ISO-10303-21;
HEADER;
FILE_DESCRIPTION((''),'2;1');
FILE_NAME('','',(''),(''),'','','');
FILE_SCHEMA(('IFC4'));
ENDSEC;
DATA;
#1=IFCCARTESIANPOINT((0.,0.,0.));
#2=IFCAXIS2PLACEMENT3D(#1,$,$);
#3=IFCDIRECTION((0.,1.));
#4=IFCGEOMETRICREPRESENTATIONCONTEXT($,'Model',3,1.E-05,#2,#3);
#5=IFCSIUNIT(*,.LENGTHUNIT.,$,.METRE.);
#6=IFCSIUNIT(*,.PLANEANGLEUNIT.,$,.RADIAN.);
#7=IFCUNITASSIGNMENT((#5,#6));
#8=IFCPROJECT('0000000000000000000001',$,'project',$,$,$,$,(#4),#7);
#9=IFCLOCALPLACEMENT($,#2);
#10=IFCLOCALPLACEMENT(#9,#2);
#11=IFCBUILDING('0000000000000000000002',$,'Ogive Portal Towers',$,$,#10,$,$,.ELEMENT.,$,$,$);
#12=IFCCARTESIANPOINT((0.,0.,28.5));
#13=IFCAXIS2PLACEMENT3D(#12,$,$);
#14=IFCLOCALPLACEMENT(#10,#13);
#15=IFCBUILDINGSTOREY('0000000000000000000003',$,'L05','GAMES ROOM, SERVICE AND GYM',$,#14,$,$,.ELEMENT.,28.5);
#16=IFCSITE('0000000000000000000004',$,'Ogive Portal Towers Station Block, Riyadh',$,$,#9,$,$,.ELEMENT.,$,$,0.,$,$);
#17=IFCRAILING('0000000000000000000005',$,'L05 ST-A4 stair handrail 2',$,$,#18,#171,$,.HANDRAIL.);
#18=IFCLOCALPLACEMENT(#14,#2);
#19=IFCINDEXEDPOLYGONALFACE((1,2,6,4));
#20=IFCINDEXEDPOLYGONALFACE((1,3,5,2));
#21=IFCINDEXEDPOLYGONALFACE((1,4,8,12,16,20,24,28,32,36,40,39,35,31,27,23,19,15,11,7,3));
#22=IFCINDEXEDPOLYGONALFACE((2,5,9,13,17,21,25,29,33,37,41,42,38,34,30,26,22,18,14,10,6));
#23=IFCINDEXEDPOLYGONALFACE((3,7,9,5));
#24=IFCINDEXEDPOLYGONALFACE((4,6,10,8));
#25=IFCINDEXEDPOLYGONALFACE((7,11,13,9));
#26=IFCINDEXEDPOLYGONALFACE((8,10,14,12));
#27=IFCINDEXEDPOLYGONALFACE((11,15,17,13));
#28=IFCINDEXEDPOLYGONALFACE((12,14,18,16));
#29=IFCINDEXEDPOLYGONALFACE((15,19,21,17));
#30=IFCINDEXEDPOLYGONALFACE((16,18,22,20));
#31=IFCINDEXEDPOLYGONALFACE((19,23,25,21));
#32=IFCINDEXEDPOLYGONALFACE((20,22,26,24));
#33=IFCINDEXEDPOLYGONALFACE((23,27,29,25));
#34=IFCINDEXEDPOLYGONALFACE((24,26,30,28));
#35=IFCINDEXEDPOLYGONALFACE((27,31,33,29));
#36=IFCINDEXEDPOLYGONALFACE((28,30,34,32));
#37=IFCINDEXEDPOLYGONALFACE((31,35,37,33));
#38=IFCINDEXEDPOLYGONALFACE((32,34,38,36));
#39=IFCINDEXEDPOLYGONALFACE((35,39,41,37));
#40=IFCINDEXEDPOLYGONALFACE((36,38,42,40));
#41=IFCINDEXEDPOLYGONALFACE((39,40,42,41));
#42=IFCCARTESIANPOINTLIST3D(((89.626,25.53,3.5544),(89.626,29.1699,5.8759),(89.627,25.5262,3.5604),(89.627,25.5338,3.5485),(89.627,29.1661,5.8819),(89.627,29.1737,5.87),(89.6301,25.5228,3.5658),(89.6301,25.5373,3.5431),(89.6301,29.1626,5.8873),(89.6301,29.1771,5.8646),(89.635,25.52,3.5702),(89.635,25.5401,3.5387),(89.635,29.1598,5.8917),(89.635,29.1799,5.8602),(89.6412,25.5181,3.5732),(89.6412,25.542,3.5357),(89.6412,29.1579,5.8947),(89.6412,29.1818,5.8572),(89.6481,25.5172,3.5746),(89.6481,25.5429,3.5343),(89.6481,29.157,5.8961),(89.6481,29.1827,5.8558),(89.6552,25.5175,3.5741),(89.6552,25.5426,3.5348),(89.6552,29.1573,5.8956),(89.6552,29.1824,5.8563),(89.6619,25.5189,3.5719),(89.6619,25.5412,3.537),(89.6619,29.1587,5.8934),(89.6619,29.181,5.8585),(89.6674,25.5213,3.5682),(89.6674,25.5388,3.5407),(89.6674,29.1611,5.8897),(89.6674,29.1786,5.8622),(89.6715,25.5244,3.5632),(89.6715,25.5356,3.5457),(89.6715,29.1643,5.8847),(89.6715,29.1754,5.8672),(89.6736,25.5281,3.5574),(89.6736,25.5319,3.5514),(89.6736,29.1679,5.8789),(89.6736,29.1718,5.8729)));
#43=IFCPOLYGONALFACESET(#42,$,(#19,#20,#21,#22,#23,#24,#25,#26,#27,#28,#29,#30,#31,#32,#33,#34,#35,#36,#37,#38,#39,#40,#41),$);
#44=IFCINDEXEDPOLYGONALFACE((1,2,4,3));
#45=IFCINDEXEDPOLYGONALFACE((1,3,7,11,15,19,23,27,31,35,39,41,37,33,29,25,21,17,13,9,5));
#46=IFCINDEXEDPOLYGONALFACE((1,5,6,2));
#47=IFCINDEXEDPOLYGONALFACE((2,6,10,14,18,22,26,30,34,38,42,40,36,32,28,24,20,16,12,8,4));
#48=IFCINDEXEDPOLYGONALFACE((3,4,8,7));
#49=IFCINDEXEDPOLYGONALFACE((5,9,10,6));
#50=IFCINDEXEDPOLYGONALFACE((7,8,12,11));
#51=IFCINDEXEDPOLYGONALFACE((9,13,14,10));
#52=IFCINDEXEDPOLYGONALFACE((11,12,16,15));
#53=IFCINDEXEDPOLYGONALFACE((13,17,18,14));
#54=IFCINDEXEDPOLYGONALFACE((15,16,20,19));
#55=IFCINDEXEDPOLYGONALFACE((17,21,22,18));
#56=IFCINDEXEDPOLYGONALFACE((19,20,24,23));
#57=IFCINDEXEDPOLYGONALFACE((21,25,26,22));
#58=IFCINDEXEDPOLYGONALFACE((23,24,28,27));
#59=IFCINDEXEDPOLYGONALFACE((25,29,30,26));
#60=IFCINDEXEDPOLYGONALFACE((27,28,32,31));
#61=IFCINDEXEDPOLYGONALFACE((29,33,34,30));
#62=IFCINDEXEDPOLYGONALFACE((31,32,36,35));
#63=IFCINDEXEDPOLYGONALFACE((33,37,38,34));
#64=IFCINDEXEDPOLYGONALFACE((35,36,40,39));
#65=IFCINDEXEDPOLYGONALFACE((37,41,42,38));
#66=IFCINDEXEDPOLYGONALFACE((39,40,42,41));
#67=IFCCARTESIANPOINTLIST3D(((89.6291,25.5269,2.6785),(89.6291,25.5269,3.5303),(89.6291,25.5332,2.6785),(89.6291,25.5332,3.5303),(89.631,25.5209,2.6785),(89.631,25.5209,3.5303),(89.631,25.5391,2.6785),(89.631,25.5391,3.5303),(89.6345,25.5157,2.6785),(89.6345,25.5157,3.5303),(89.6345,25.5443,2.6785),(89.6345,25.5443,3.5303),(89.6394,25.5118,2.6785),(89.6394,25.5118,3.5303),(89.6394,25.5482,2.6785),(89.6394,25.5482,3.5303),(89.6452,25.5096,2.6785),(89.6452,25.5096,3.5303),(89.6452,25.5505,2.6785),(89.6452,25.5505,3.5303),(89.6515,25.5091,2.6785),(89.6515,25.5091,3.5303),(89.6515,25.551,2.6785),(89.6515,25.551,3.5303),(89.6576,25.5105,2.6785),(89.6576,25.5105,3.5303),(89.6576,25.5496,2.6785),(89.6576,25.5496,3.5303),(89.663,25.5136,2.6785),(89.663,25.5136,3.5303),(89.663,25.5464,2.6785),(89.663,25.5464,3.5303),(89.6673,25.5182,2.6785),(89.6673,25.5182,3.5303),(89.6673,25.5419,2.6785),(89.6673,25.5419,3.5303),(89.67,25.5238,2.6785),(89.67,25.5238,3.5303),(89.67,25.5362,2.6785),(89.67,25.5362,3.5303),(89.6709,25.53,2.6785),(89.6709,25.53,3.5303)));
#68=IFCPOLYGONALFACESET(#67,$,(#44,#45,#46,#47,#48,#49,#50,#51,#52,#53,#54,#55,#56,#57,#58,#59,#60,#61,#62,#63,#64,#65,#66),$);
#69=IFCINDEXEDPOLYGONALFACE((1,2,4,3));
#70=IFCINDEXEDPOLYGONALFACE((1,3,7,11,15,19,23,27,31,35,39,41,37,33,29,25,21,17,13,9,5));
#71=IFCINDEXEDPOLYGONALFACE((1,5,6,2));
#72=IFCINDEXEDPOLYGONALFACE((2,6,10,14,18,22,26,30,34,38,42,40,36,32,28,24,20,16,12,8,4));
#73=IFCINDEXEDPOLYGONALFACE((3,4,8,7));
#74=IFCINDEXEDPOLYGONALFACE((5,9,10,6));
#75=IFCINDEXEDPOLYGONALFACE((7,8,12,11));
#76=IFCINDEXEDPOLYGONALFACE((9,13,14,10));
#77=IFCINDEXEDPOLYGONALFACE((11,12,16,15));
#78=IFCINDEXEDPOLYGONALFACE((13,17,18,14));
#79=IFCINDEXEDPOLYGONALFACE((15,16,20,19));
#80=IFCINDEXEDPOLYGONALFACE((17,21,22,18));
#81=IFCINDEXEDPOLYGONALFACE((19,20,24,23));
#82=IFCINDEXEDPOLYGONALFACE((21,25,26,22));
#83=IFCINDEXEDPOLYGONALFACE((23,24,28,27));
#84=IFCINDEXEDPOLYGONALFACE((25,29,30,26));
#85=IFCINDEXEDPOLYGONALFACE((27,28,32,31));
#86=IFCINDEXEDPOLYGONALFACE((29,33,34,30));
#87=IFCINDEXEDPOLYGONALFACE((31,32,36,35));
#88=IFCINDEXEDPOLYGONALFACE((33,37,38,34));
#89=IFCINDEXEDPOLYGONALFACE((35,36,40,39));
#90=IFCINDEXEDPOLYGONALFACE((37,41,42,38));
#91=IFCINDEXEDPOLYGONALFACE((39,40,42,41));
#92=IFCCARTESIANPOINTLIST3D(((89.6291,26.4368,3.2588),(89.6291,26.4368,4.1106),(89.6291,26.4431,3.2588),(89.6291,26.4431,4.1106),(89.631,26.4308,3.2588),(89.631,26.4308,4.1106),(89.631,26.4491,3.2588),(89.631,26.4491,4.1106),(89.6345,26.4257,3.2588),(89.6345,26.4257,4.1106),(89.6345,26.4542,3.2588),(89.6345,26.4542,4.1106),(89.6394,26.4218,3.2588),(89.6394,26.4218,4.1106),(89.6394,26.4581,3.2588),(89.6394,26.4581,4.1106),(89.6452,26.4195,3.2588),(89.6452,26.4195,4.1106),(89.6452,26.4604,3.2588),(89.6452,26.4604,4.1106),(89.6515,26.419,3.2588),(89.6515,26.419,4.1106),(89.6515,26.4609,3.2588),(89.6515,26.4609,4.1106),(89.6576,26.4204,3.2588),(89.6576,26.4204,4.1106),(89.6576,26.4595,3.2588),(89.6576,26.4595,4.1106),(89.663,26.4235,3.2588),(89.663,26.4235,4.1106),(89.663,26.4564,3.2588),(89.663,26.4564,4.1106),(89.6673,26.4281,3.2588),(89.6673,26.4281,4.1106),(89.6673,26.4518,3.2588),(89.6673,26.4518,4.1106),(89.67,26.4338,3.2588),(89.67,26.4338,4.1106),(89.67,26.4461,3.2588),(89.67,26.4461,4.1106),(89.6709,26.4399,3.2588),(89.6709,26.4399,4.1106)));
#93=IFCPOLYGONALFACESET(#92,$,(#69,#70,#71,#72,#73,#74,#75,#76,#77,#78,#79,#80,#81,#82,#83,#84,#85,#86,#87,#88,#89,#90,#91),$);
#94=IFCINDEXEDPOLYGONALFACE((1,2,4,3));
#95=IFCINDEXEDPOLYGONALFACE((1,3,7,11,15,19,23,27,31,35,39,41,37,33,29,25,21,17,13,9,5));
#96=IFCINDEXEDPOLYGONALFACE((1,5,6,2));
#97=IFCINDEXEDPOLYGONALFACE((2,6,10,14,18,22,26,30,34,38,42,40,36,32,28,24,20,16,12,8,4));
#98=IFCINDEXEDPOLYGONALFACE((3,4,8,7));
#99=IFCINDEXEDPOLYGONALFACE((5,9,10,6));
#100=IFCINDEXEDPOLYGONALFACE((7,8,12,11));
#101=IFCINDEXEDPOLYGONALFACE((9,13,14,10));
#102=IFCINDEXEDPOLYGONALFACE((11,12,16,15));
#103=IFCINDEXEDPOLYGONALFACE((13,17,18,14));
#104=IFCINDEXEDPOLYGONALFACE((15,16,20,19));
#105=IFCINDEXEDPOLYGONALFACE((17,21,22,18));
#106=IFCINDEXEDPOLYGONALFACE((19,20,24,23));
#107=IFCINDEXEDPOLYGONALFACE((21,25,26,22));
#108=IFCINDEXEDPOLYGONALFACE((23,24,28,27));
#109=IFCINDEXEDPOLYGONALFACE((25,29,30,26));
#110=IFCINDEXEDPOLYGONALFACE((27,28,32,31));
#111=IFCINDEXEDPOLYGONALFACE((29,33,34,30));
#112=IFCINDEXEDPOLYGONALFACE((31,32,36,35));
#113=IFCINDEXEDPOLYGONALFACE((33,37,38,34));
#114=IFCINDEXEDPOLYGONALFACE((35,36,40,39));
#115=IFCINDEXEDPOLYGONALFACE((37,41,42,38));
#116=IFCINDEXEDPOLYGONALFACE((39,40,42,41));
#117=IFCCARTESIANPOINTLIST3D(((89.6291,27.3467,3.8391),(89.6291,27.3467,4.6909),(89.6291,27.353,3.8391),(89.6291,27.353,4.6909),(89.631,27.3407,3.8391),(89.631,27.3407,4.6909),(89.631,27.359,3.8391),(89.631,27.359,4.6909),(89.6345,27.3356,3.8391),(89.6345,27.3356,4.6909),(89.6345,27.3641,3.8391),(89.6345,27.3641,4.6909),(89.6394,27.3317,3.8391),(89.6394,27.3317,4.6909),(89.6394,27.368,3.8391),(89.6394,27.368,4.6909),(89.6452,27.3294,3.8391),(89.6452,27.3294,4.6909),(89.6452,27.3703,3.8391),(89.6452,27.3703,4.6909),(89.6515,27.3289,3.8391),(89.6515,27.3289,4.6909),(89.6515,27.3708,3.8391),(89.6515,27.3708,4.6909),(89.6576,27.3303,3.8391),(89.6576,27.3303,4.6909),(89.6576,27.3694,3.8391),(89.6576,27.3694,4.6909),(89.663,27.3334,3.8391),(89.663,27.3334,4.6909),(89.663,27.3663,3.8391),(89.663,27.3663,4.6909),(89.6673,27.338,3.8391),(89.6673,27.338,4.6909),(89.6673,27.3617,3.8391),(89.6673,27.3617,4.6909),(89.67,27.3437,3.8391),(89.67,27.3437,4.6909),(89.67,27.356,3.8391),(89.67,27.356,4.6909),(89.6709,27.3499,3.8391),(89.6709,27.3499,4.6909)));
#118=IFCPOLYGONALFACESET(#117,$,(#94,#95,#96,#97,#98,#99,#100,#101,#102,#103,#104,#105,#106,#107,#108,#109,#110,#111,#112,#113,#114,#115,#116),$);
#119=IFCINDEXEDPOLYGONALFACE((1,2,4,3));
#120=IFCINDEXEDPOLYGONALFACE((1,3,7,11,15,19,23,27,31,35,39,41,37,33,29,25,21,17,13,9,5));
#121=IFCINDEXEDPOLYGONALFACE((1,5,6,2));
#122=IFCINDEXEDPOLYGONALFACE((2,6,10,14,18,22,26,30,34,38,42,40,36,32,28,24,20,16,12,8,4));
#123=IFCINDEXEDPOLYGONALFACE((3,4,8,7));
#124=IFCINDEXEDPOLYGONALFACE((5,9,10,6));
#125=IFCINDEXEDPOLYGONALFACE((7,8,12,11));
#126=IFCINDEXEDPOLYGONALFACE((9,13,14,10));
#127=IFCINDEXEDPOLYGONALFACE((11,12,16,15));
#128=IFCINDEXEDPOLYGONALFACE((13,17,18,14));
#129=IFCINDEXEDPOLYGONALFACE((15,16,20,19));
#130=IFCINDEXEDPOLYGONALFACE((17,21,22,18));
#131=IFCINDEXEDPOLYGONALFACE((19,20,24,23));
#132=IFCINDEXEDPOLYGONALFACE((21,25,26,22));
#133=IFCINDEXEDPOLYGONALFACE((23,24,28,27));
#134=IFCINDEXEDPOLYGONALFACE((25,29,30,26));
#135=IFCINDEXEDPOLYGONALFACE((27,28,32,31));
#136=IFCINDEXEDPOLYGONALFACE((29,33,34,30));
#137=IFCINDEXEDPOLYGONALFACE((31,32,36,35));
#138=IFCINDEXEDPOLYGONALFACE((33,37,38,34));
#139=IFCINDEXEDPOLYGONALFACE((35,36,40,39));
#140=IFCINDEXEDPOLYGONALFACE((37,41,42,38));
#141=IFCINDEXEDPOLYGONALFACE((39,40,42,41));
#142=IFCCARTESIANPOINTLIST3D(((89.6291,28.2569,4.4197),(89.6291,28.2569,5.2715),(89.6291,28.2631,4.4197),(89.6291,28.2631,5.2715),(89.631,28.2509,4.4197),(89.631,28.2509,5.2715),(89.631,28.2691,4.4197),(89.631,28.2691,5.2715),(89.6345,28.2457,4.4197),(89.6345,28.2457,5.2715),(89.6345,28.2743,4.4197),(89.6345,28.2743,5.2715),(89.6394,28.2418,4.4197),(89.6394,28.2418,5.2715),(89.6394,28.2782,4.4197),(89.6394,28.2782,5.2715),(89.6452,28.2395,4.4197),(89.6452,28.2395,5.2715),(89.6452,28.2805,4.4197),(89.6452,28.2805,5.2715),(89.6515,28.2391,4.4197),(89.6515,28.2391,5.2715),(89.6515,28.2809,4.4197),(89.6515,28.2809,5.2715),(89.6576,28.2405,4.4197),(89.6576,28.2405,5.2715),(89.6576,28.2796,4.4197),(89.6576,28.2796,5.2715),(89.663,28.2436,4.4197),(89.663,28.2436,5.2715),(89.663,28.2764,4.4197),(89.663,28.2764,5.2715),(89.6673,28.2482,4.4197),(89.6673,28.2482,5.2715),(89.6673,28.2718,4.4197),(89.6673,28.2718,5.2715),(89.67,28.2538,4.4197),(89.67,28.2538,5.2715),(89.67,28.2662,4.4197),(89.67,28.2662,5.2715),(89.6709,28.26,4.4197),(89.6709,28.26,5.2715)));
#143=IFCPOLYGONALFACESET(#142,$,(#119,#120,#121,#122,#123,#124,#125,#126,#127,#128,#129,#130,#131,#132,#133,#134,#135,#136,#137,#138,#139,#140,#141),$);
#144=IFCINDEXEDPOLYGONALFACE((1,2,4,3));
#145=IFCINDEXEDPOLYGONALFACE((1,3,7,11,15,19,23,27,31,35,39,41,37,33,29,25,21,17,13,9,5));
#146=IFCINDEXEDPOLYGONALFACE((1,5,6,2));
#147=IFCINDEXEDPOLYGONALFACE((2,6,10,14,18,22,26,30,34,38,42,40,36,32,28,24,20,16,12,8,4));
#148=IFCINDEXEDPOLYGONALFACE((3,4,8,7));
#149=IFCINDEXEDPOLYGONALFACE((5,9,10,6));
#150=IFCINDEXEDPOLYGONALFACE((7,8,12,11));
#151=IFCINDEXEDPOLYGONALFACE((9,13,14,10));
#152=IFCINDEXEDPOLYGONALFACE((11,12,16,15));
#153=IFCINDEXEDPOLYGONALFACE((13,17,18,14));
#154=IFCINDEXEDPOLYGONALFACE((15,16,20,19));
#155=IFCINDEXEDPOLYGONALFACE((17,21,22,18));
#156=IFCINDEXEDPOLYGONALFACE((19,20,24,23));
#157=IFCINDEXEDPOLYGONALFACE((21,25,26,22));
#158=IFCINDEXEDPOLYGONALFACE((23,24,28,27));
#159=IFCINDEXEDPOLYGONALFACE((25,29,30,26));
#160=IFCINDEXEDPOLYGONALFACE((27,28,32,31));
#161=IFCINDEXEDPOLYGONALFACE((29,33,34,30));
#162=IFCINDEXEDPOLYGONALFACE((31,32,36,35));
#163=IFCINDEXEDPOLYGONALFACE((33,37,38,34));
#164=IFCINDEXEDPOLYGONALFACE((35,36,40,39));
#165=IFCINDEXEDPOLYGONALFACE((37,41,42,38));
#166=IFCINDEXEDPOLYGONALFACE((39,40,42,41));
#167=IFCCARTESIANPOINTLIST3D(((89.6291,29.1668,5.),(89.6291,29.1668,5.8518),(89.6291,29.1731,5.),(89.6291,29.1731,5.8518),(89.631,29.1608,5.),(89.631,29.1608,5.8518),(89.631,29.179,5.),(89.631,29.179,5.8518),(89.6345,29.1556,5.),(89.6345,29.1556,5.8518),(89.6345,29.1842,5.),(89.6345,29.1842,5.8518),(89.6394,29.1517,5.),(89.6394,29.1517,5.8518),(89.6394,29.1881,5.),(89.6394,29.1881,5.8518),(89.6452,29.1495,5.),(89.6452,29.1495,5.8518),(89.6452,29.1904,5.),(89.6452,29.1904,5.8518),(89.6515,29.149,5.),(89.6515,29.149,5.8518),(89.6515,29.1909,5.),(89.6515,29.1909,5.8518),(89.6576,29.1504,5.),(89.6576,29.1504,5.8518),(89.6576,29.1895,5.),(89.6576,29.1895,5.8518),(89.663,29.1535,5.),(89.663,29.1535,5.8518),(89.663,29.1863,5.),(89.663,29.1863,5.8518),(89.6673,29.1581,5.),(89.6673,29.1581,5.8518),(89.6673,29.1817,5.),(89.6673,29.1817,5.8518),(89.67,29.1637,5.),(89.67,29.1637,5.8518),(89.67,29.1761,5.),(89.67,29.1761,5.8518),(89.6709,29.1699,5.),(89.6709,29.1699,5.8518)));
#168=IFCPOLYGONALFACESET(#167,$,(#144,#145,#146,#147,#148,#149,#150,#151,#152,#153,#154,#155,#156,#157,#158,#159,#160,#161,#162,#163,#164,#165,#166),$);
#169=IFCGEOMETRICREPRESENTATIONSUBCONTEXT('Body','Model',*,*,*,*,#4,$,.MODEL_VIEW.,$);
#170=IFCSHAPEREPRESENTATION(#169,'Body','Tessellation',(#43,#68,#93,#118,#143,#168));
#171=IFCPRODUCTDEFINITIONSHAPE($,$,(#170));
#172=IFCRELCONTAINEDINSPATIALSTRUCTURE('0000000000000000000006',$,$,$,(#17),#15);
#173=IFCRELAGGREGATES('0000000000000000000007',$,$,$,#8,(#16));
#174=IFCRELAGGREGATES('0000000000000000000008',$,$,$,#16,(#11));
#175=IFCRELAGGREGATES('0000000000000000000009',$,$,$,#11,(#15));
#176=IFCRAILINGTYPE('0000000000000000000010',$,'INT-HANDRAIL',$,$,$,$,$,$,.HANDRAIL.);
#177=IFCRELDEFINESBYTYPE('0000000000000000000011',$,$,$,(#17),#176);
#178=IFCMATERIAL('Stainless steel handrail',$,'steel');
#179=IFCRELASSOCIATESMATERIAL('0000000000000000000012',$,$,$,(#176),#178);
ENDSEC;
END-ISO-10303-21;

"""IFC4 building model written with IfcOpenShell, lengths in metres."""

from ifc_helpers import new_model, si_unit, direction, frame, origin, origin_2d, place, context, subcontext, project, spatial, circle, extrude, material, type_object, element, save


model = new_model("IFC4")

# Units and contexts
model_context = context("Model", 3, precision=1e-05, world=origin(), true_north=direction((0.0, 1.0)))
body_context = subcontext(model_context, "Body", "Model", "MODEL_VIEW")
ifc_project = project(units=[si_unit("LENGTHUNIT", "METRE"), si_unit("PLANEANGLEUNIT", "RADIAN")], contexts=[model_context])

# Site, building, storey
site_placement = place(None, origin())
site = spatial("IfcSite", under=ifc_project, at=site_placement, Name="Ogive Portal Towers Station Block, Riyadh", CompositionType="ELEMENT", RefElevation=0.0)
building_placement = place(site_placement, origin())
building = spatial("IfcBuilding", under=site, at=building_placement, Name="Ogive Portal Towers", CompositionType="ELEMENT")
storey_placement = place(building_placement, frame((0.0, 0.0, 28.5)))
storey = spatial("IfcBuildingStorey", under=building, at=storey_placement, Name="L05", Description="GAMES ROOM, SERVICE AND GYM", CompositionType="ELEMENT", Elevation=28.5)

# Railing
ifc_material_1 = material(Name="Stainless steel handrail", Category="steel")
railing_type_1 = type_object("IfcRailingType", Name="INT-HANDRAIL", PredefinedType="HANDRAIL", material=ifc_material_1)
railing_1_placement = place(storey_placement, frame((89.6499, 25.53, 2.6785)))
element("IfcRailing", 1, at=railing_1_placement, inside=storey, type_object=railing_type_1, Name="L05 ST-A4 stair handrail 2", PredefinedType="HANDRAIL", context=body_context, shape_type="SweptSolid", body=[
    extrude(circle(Radius=0.0239, at=origin_2d()), frame((0.0, 0.0, 0.876), z_axis=(0.0, 0.843112, 0.537739), x_axis=(-1.0, 0.0, 0.0)), (0.0, 0.0, 1.0), 4.3171),
    extrude(circle(Radius=0.021, at=origin_2d()), origin(), (0.0, 0.0, 1.0), 0.8518),
    extrude(circle(Radius=0.021, at=origin_2d()), frame((0.0, 0.9099, 0.5803)), (0.0, 0.0, 1.0), 0.8518),
    extrude(circle(Radius=0.021, at=origin_2d()), frame((0.0, 1.8198, 1.1606)), (0.0, 0.0, 1.0), 0.8518),
    extrude(circle(Radius=0.021, at=origin_2d()), frame((0.0, 2.73, 1.7412)), (0.0, 0.0, 1.0), 0.8518),
    extrude(circle(Radius=0.021, at=origin_2d()), frame((0.0, 3.6399, 2.3215)), (0.0, 0.0, 1.0), 0.8518),
])

save(model, "model.ifc")
